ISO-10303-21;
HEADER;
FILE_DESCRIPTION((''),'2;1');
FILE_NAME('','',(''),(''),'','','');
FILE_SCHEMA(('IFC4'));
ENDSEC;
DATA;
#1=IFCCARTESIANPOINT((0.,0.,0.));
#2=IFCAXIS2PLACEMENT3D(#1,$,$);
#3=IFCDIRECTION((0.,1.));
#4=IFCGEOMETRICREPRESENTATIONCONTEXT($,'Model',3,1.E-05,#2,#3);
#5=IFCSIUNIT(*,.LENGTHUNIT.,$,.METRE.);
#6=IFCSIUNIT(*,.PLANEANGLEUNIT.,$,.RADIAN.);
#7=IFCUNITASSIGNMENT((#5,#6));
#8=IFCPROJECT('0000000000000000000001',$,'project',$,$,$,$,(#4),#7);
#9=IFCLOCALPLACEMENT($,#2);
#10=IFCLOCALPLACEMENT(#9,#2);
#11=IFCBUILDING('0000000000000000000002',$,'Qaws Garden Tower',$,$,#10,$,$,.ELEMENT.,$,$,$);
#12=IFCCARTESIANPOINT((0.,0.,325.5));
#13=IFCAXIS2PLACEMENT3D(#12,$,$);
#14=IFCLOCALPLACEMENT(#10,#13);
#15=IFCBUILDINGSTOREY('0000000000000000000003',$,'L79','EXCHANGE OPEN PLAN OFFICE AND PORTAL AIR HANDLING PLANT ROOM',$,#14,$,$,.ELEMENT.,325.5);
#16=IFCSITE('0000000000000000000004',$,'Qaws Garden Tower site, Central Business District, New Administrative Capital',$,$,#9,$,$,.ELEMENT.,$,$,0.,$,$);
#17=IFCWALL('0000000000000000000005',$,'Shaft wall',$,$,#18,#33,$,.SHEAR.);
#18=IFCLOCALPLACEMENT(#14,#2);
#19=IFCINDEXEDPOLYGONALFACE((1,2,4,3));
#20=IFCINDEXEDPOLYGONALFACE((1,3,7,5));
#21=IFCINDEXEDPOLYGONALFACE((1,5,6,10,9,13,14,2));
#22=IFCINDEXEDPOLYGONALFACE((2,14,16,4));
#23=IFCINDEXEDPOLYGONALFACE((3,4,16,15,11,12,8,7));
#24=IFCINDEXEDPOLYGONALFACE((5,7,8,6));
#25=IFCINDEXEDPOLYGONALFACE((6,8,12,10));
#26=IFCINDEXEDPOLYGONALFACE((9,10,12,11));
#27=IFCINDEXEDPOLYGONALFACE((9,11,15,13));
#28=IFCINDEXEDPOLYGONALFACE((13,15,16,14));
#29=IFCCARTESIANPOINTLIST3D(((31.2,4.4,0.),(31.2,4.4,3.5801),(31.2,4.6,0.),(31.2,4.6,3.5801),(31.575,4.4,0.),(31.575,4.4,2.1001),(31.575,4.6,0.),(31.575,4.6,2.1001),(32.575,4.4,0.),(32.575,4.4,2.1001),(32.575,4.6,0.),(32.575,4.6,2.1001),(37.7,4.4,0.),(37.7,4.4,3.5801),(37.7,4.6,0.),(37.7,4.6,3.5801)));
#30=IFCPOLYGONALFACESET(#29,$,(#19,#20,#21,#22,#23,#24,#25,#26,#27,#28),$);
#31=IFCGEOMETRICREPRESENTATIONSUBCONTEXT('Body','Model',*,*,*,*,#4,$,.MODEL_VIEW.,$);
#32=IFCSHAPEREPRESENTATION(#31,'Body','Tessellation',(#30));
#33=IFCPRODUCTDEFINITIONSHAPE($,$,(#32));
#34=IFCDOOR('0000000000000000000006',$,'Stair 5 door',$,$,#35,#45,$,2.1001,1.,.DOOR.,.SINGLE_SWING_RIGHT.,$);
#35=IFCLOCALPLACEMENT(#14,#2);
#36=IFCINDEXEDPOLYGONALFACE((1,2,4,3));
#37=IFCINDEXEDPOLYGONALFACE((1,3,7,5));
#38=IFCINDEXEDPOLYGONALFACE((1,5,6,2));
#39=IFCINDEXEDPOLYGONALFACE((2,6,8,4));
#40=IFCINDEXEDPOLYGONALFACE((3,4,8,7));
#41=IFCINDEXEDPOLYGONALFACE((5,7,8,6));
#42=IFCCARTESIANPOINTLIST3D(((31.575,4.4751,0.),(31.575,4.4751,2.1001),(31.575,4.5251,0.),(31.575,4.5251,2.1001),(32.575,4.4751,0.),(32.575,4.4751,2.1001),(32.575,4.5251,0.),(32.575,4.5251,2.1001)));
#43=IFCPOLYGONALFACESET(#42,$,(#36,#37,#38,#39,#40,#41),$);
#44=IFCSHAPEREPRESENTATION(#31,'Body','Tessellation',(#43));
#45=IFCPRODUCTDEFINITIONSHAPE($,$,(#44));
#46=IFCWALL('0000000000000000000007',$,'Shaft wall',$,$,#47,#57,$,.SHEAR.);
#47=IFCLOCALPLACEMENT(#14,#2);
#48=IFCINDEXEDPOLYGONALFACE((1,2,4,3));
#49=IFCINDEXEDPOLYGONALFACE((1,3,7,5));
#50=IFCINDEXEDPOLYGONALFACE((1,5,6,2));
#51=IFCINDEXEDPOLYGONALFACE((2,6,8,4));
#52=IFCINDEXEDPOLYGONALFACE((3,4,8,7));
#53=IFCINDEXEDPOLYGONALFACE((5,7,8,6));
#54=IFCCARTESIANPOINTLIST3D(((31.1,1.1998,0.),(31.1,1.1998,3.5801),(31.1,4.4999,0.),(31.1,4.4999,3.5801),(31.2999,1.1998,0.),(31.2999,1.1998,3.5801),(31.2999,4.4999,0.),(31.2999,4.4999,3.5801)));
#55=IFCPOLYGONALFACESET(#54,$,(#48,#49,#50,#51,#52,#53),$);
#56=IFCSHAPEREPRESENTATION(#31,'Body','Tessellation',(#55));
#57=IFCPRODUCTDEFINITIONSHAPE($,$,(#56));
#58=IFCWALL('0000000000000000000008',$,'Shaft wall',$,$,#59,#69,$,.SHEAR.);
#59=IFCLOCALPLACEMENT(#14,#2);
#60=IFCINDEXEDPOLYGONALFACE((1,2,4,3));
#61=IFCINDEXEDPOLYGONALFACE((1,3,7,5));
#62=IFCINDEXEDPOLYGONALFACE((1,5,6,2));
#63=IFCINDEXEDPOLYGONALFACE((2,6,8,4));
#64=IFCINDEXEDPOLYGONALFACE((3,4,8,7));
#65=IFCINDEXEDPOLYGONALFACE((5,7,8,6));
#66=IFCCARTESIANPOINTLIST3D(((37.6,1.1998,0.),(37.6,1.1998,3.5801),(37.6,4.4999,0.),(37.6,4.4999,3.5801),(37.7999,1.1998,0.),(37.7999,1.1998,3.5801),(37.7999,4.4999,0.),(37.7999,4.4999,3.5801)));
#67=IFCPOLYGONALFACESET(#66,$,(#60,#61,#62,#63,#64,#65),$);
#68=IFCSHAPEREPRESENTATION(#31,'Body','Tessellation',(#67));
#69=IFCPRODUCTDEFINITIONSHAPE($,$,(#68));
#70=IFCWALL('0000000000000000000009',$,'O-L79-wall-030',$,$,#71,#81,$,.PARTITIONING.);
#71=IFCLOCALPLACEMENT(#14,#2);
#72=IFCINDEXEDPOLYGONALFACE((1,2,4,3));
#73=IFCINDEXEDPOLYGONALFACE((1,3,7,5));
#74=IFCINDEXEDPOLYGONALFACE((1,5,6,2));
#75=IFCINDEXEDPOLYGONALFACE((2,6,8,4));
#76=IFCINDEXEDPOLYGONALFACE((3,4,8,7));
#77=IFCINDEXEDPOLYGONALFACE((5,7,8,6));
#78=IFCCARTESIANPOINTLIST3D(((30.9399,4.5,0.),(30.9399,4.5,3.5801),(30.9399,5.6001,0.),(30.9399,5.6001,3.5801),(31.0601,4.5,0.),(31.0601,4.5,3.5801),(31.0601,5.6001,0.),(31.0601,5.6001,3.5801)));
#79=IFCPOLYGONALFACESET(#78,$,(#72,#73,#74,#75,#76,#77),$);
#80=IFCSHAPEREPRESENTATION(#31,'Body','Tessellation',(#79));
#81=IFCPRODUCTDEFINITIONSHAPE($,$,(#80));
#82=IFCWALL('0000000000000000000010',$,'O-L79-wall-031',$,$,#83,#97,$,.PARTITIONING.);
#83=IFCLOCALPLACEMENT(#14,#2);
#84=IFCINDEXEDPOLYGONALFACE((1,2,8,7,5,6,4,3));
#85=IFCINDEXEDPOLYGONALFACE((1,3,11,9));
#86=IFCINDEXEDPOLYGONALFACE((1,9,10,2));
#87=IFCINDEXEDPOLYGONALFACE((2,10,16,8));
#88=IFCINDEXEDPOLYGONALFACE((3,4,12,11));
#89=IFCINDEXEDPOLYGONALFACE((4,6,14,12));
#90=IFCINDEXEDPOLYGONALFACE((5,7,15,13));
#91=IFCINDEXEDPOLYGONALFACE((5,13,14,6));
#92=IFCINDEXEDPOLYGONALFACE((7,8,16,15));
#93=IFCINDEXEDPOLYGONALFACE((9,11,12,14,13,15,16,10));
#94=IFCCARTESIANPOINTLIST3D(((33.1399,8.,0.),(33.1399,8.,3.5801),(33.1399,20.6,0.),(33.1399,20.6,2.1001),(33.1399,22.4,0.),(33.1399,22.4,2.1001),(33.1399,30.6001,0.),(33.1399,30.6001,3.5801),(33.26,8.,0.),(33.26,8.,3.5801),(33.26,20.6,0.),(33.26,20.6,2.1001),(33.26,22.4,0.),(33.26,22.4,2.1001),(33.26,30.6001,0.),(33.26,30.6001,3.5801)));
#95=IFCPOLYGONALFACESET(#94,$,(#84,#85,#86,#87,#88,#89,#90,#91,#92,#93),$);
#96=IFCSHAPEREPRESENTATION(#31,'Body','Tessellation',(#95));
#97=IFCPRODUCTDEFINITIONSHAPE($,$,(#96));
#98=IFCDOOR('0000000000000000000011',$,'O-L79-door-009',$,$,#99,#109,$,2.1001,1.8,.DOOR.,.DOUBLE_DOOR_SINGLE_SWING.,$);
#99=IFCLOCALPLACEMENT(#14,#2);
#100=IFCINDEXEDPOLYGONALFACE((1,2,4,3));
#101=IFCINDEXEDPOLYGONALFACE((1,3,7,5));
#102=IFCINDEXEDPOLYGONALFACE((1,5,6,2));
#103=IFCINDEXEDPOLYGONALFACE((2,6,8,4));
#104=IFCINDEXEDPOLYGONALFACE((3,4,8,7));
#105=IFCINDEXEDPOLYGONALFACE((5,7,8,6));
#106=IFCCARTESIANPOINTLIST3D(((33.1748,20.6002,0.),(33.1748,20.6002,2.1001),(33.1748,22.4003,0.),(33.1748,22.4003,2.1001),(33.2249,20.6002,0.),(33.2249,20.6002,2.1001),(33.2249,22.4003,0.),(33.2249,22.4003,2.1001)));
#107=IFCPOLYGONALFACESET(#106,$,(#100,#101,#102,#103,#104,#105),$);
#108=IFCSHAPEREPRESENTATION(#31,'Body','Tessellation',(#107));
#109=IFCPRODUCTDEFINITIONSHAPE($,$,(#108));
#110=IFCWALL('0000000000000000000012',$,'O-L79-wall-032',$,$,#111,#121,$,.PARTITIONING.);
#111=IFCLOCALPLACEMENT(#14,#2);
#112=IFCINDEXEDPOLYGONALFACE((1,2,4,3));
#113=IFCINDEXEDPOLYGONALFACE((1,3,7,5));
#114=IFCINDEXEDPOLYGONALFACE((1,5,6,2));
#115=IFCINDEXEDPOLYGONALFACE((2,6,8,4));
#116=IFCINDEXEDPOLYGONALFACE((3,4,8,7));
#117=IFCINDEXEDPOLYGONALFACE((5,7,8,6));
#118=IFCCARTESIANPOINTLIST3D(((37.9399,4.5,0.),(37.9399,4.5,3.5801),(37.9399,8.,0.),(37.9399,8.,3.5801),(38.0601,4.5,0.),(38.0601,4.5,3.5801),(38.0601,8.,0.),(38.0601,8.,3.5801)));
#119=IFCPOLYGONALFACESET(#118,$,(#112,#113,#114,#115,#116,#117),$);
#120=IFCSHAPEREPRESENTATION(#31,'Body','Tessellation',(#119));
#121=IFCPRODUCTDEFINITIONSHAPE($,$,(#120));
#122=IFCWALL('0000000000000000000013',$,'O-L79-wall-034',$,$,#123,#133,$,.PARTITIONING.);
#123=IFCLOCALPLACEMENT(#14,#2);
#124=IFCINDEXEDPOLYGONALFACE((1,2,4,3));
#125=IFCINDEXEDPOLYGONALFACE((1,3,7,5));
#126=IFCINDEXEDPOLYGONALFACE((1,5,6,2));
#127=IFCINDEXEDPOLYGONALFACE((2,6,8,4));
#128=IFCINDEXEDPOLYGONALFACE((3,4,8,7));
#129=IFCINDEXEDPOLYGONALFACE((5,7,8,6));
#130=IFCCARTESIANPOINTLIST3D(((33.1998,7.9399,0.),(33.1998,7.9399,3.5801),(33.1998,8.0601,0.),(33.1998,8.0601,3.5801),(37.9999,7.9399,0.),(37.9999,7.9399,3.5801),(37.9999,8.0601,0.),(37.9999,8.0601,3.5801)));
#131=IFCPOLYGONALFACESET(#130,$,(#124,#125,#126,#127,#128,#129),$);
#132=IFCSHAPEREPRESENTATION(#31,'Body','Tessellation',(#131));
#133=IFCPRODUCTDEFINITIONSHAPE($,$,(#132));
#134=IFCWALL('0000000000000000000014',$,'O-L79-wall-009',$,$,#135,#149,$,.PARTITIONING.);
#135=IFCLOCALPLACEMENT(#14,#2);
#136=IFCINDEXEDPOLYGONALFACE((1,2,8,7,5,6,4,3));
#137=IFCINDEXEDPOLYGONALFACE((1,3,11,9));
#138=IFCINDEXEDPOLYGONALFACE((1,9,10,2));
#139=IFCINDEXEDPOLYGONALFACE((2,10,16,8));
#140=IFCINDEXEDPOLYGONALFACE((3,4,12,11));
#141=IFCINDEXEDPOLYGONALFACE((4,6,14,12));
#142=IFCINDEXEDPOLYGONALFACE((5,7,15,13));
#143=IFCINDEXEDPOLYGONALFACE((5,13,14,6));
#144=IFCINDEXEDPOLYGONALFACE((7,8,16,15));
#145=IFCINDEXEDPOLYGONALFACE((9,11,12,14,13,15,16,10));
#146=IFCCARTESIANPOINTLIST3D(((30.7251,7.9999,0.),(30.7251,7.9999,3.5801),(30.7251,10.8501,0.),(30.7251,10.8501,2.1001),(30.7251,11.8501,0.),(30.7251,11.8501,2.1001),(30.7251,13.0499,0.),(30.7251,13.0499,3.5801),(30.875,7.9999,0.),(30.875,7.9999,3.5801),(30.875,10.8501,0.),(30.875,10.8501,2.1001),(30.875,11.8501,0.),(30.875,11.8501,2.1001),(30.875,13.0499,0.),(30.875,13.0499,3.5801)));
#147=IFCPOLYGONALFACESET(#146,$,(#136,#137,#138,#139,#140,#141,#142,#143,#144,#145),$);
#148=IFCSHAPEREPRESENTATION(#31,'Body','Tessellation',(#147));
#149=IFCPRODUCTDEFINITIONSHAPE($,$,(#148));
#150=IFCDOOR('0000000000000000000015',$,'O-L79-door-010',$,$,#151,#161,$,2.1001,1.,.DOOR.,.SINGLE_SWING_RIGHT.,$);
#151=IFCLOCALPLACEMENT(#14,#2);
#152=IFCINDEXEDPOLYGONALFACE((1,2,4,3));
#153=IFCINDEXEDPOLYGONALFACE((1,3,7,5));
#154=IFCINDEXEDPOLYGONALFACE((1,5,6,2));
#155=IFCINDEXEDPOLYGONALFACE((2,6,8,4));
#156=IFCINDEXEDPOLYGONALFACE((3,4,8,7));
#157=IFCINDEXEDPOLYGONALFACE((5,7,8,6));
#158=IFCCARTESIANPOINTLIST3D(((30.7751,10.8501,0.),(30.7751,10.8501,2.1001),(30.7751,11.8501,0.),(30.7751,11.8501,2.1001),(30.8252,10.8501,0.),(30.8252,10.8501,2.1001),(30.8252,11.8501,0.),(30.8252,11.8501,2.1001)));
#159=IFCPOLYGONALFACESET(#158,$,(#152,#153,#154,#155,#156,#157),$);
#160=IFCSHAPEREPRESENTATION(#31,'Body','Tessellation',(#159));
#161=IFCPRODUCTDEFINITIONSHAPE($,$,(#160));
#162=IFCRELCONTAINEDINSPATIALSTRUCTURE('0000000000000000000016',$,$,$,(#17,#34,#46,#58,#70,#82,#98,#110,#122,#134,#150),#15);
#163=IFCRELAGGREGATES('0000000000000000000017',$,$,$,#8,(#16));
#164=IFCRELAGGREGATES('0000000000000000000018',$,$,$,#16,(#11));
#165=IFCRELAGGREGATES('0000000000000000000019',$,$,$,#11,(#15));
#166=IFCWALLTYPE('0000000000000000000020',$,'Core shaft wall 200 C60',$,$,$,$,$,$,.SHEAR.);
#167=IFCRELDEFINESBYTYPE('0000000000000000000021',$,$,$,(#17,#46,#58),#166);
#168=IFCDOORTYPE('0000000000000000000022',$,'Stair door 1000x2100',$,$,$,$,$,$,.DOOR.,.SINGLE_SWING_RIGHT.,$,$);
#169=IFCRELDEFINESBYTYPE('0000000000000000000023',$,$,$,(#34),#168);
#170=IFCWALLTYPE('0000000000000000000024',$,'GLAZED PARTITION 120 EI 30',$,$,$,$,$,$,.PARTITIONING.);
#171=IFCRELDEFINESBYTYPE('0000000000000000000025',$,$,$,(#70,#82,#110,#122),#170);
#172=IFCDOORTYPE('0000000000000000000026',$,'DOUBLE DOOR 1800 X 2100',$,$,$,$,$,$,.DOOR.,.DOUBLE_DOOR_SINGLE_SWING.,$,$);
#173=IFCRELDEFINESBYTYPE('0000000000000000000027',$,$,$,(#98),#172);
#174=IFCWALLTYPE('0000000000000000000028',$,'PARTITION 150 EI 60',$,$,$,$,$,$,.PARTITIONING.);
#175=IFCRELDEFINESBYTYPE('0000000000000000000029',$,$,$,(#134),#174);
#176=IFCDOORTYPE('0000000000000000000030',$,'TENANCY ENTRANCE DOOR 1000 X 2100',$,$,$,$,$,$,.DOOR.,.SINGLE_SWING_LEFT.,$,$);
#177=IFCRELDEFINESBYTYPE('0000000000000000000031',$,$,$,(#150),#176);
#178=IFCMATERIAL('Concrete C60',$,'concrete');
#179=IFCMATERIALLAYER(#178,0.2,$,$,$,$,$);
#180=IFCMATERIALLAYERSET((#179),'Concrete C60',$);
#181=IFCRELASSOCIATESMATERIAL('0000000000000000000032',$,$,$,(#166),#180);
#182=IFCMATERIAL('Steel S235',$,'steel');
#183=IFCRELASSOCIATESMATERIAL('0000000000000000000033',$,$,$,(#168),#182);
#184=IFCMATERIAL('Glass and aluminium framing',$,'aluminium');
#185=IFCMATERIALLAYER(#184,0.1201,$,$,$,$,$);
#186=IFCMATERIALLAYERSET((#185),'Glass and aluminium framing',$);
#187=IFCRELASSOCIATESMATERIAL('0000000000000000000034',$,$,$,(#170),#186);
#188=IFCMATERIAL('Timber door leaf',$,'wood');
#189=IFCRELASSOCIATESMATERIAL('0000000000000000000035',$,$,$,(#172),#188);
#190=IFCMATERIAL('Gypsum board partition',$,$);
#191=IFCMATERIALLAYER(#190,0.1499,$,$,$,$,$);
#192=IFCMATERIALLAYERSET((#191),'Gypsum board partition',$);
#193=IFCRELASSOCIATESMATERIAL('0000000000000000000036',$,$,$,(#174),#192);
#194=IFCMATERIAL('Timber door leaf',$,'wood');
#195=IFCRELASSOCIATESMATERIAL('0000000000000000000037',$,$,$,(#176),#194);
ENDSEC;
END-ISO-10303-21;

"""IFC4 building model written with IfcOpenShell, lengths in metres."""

from ifc_helpers import new_model, si_unit, direction, frame, frame_2d, origin, place, context, subcontext, project, spatial, rectangle, extrude, material, layer, layer_set, type_object, element, fill, save


model = new_model("IFC4")

# Units and contexts
model_context = context("Model", 3, precision=1e-05, world=origin(), true_north=direction((0.0, 1.0)))
body_context = subcontext(model_context, "Body", "Model", "MODEL_VIEW")
ifc_project = project(units=[si_unit("LENGTHUNIT", "METRE"), si_unit("PLANEANGLEUNIT", "RADIAN")], contexts=[model_context])

# Site, building, storey
site_placement = place(None, origin())
site = spatial("IfcSite", under=ifc_project, at=site_placement, Name="Qaws Garden Tower site, Central Business District, New Administrative Capital", CompositionType="ELEMENT", RefElevation=0.0)
building_placement = place(site_placement, origin())
building = spatial("IfcBuilding", under=site, at=building_placement, Name="Qaws Garden Tower", CompositionType="ELEMENT")
storey_placement = place(building_placement, frame((0.0, 0.0, 325.5)))
storey = spatial("IfcBuildingStorey", under=building, at=storey_placement, Name="L79", Description="EXCHANGE OPEN PLAN OFFICE AND PORTAL AIR HANDLING PLANT ROOM", CompositionType="ELEMENT", Elevation=325.5)

# Shared definitions
ifc_material_1 = material(Name="Concrete C60", Category="concrete")
ifc_layer_1 = layer(ifc_material_1, 0.2)
ifc_layer_set_1 = layer_set([ifc_layer_1], Name="Concrete C60")
wall_type_1 = type_object("IfcWallType", Name="Core shaft wall 200 C60", PredefinedType="SHEAR", material=ifc_layer_set_1)

# Wall, opening, door
wall_1_placement = place(storey_placement, frame((31.2, 4.5, 0.0), z_axis=(0.0, 0.0, 1.0), x_axis=(1.0, 0.0, 0.0)))
wall_1 = element("IfcWall", 1, at=wall_1_placement, inside=storey, type_object=wall_type_1, Name="Shaft wall", PredefinedType="SHEAR", context=body_context, shape_type="SweptSolid", body=[
    extrude(rectangle(XDim=6.5, YDim=0.2, at=frame_2d((3.25, 0.0))), origin(), (0.0, 0.0, 1.0), 3.5801),
])
opening_1_placement = place(wall_1_placement, frame((0.375, 0.0, 0.0)))
opening_1 = element("IfcOpeningElement", 2, at=opening_1_placement, cuts=wall_1, PredefinedType="OPENING", context=body_context, shape_type="SweptSolid", body=[
    extrude(rectangle(XDim=1.0, YDim=2.1001, at=frame_2d((0.5, 1.05))), frame((0.0, 0.1099, 0.0), z_axis=(0.0, -1.0, 0.0), x_axis=(1.0, 0.0, 0.0)), (0.0, 0.0, 1.0), 0.22),
])
ifc_material_2 = material(Name="Steel S235", Category="steel")
door_type_1 = type_object("IfcDoorType", Name="Stair door 1000x2100", OperationType="SINGLE_SWING_RIGHT", PredefinedType="DOOR", material=ifc_material_2)
door_1_placement = place(opening_1_placement, frame((1.0, 0.0, 0.0), z_axis=(0.0, 0.0, 1.0), x_axis=(-1.0, 0.0, 0.0)))
door_1 = element("IfcDoor", 3, at=door_1_placement, inside=storey, type_object=door_type_1, Name="Stair 5 door", OperationType="SINGLE_SWING_RIGHT", OverallHeight=2.1001, OverallWidth=1.0, PredefinedType="DOOR", context=body_context, shape_type="SweptSolid", body=[
    extrude(rectangle(XDim=1.0, YDim=2.1001, at=frame_2d((0.5, 1.05))), frame((0.0, 0.0249, 0.0), z_axis=(0.0, -1.0, 0.0), x_axis=(1.0, 0.0, 0.0)), (0.0, 0.0, 1.0), 0.05),
])
fill(opening_1, door_1)

# Walls
for number, where, z_axis, x_axis, name in (
    (4, (31.2, 1.2, 0.0), (0.0, 0.0, 1.0), (0.0, 1.0, 0.0), "Shaft wall"),
    (5, (37.7, 1.2, 0.0), (0.0, 0.0, 1.0), (0.0, 1.0, 0.0), "Shaft wall"),
):
    element("IfcWall", number, at=place(storey_placement, frame(where, z_axis=z_axis, x_axis=x_axis)), inside=storey, type_object=wall_type_1, Name=name, PredefinedType="SHEAR", context=body_context, shape_type="SweptSolid", body=[
        extrude(rectangle(XDim=3.3, YDim=0.2, at=frame_2d((1.6499, 0.0))), origin(), (0.0, 0.0, 1.0), 3.5801),
    ])
ifc_material_3 = material(Name="Glass and aluminium framing", Category="aluminium")
ifc_layer_2 = layer(ifc_material_3, 0.1201)
ifc_layer_set_2 = layer_set([ifc_layer_2], Name="Glass and aluminium framing")
wall_type_2 = type_object("IfcWallType", Name="GLAZED PARTITION 120 EI 30", PredefinedType="PARTITIONING", material=ifc_layer_set_2)
wall_2_placement = place(storey_placement, frame((31.0, 4.5, 0.0), z_axis=(0.0, 0.0, 1.0), x_axis=(0.0, 1.0, 0.0)))
element("IfcWall", 6, at=wall_2_placement, inside=storey, type_object=wall_type_2, Name="O-L79-wall-030", PredefinedType="PARTITIONING", context=body_context, shape_type="SweptSolid", body=[
    extrude(rectangle(XDim=1.1001, YDim=0.1201, at=frame_2d((0.55, 0.0))), origin(), (0.0, 0.0, 1.0), 3.5801),
])

# Wall, opening, door
wall_3_placement = place(storey_placement, frame((33.2, 8.0, 0.0), z_axis=(0.0, 0.0, 1.0), x_axis=(0.0, 1.0, 0.0)))
wall_3 = element("IfcWall", 7, at=wall_3_placement, inside=storey, type_object=wall_type_2, Name="O-L79-wall-031", PredefinedType="PARTITIONING", context=body_context, shape_type="SweptSolid", body=[
    extrude(rectangle(XDim=22.6001, YDim=0.1201, at=frame_2d((11.3, 0.0))), origin(), (0.0, 0.0, 1.0), 3.5801),
])
opening_2_placement = place(wall_3_placement, frame((12.6001, 0.0, 0.0)))
opening_2 = element("IfcOpeningElement", 8, at=opening_2_placement, cuts=wall_3, PredefinedType="OPENING", context=body_context, shape_type="SweptSolid", body=[
    extrude(rectangle(XDim=1.8, YDim=2.1001, at=frame_2d((0.8999, 1.05))), frame((0.0, 0.0701, 0.0), z_axis=(0.0, -1.0, 0.0), x_axis=(1.0, 0.0, 0.0)), (0.0, 0.0, 1.0), 0.1401),
])
ifc_material_4 = material(Name="Timber door leaf", Category="wood")
door_type_2 = type_object("IfcDoorType", Name="DOUBLE DOOR 1800 X 2100", OperationType="DOUBLE_DOOR_SINGLE_SWING", PredefinedType="DOOR", material=ifc_material_4)
door_2_placement = place(opening_2_placement, frame((1.8, 0.0, 0.0), z_axis=(0.0, 0.0, 1.0), x_axis=(-1.0, 0.0, 0.0)))
door_2 = element("IfcDoor", 9, at=door_2_placement, inside=storey, type_object=door_type_2, Name="O-L79-door-009", OperationType="DOUBLE_DOOR_SINGLE_SWING", OverallHeight=2.1001, OverallWidth=1.8, PredefinedType="DOOR", context=body_context, shape_type="SweptSolid", body=[
    extrude(rectangle(XDim=1.8, YDim=2.1001, at=frame_2d((0.8999, 1.05))), frame((0.0, 0.0249, 0.0), z_axis=(0.0, -1.0, 0.0), x_axis=(1.0, 0.0, 0.0)), (0.0, 0.0, 1.0), 0.05),
])
fill(opening_2, door_2)

# Walls
wall_4_placement = place(storey_placement, frame((38.0, 4.5, 0.0), z_axis=(0.0, 0.0, 1.0), x_axis=(0.0, 1.0, 0.0)))
element("IfcWall", 10, at=wall_4_placement, inside=storey, type_object=wall_type_2, Name="O-L79-wall-032", PredefinedType="PARTITIONING", context=body_context, shape_type="SweptSolid", body=[
    extrude(rectangle(XDim=3.5, YDim=0.1201, at=frame_2d((1.75, 0.0))), origin(), (0.0, 0.0, 1.0), 3.5801),
])
wall_5_placement = place(storey_placement, frame((33.2, 8.0, 0.0), z_axis=(0.0, 0.0, 1.0), x_axis=(1.0, 0.0, 0.0)))
element("IfcWall", 11, at=wall_5_placement, inside=storey, type_object=wall_type_2, Name="O-L79-wall-034", PredefinedType="PARTITIONING", context=body_context, shape_type="SweptSolid", body=[
    extrude(rectangle(XDim=4.8, YDim=0.1201, at=frame_2d((2.3999, 0.0))), origin(), (0.0, 0.0, 1.0), 3.5801),
])

# Wall, opening, door
ifc_material_5 = material(Name="Gypsum board partition")
ifc_layer_3 = layer(ifc_material_5, 0.1499)
ifc_layer_set_3 = layer_set([ifc_layer_3], Name="Gypsum board partition")
wall_type_3 = type_object("IfcWallType", Name="PARTITION 150 EI 60", PredefinedType="PARTITIONING", material=ifc_layer_set_3)
wall_6_placement = place(storey_placement, frame((30.8, 8.0, 0.0), z_axis=(0.0, 0.0, 1.0), x_axis=(0.0, 1.0, 0.0)))
wall_6 = element("IfcWall", 12, at=wall_6_placement, inside=storey, type_object=wall_type_3, Name="O-L79-wall-009", PredefinedType="PARTITIONING", context=body_context, shape_type="SweptSolid", body=[
    extrude(rectangle(XDim=5.05, YDim=0.1499, at=frame_2d((2.5249, 0.0))), origin(), (0.0, 0.0, 1.0), 3.5801),
])
opening_3_placement = place(wall_6_placement, frame((2.8501, 0.0, 0.0)))
opening_3 = element("IfcOpeningElement", 13, at=opening_3_placement, cuts=wall_6, PredefinedType="OPENING", context=body_context, shape_type="SweptSolid", body=[
    extrude(rectangle(XDim=1.0, YDim=2.1001, at=frame_2d((0.5, 1.05))), frame((0.0, 0.085, 0.0), z_axis=(0.0, -1.0, 0.0), x_axis=(1.0, 0.0, 0.0)), (0.0, 0.0, 1.0), 0.1699),
])
ifc_material_6 = material(Name="Timber door leaf", Category="wood")
door_type_3 = type_object("IfcDoorType", Name="TENANCY ENTRANCE DOOR 1000 X 2100", OperationType="SINGLE_SWING_LEFT", PredefinedType="DOOR", material=ifc_material_6)
door_3_placement = place(opening_3_placement, origin())
door_3 = element("IfcDoor", 14, at=door_3_placement, inside=storey, type_object=door_type_3, Name="O-L79-door-010", OperationType="SINGLE_SWING_RIGHT", OverallHeight=2.1001, OverallWidth=1.0, PredefinedType="DOOR", context=body_context, shape_type="SweptSolid", body=[
    extrude(rectangle(XDim=1.0, YDim=2.1001, at=frame_2d((0.5, 1.05))), frame((0.0, 0.0249, 0.0), z_axis=(0.0, -1.0, 0.0), x_axis=(1.0, 0.0, 0.0)), (0.0, 0.0, 1.0), 0.05),
])
fill(opening_3, door_3)

save(model, "model.ifc")
